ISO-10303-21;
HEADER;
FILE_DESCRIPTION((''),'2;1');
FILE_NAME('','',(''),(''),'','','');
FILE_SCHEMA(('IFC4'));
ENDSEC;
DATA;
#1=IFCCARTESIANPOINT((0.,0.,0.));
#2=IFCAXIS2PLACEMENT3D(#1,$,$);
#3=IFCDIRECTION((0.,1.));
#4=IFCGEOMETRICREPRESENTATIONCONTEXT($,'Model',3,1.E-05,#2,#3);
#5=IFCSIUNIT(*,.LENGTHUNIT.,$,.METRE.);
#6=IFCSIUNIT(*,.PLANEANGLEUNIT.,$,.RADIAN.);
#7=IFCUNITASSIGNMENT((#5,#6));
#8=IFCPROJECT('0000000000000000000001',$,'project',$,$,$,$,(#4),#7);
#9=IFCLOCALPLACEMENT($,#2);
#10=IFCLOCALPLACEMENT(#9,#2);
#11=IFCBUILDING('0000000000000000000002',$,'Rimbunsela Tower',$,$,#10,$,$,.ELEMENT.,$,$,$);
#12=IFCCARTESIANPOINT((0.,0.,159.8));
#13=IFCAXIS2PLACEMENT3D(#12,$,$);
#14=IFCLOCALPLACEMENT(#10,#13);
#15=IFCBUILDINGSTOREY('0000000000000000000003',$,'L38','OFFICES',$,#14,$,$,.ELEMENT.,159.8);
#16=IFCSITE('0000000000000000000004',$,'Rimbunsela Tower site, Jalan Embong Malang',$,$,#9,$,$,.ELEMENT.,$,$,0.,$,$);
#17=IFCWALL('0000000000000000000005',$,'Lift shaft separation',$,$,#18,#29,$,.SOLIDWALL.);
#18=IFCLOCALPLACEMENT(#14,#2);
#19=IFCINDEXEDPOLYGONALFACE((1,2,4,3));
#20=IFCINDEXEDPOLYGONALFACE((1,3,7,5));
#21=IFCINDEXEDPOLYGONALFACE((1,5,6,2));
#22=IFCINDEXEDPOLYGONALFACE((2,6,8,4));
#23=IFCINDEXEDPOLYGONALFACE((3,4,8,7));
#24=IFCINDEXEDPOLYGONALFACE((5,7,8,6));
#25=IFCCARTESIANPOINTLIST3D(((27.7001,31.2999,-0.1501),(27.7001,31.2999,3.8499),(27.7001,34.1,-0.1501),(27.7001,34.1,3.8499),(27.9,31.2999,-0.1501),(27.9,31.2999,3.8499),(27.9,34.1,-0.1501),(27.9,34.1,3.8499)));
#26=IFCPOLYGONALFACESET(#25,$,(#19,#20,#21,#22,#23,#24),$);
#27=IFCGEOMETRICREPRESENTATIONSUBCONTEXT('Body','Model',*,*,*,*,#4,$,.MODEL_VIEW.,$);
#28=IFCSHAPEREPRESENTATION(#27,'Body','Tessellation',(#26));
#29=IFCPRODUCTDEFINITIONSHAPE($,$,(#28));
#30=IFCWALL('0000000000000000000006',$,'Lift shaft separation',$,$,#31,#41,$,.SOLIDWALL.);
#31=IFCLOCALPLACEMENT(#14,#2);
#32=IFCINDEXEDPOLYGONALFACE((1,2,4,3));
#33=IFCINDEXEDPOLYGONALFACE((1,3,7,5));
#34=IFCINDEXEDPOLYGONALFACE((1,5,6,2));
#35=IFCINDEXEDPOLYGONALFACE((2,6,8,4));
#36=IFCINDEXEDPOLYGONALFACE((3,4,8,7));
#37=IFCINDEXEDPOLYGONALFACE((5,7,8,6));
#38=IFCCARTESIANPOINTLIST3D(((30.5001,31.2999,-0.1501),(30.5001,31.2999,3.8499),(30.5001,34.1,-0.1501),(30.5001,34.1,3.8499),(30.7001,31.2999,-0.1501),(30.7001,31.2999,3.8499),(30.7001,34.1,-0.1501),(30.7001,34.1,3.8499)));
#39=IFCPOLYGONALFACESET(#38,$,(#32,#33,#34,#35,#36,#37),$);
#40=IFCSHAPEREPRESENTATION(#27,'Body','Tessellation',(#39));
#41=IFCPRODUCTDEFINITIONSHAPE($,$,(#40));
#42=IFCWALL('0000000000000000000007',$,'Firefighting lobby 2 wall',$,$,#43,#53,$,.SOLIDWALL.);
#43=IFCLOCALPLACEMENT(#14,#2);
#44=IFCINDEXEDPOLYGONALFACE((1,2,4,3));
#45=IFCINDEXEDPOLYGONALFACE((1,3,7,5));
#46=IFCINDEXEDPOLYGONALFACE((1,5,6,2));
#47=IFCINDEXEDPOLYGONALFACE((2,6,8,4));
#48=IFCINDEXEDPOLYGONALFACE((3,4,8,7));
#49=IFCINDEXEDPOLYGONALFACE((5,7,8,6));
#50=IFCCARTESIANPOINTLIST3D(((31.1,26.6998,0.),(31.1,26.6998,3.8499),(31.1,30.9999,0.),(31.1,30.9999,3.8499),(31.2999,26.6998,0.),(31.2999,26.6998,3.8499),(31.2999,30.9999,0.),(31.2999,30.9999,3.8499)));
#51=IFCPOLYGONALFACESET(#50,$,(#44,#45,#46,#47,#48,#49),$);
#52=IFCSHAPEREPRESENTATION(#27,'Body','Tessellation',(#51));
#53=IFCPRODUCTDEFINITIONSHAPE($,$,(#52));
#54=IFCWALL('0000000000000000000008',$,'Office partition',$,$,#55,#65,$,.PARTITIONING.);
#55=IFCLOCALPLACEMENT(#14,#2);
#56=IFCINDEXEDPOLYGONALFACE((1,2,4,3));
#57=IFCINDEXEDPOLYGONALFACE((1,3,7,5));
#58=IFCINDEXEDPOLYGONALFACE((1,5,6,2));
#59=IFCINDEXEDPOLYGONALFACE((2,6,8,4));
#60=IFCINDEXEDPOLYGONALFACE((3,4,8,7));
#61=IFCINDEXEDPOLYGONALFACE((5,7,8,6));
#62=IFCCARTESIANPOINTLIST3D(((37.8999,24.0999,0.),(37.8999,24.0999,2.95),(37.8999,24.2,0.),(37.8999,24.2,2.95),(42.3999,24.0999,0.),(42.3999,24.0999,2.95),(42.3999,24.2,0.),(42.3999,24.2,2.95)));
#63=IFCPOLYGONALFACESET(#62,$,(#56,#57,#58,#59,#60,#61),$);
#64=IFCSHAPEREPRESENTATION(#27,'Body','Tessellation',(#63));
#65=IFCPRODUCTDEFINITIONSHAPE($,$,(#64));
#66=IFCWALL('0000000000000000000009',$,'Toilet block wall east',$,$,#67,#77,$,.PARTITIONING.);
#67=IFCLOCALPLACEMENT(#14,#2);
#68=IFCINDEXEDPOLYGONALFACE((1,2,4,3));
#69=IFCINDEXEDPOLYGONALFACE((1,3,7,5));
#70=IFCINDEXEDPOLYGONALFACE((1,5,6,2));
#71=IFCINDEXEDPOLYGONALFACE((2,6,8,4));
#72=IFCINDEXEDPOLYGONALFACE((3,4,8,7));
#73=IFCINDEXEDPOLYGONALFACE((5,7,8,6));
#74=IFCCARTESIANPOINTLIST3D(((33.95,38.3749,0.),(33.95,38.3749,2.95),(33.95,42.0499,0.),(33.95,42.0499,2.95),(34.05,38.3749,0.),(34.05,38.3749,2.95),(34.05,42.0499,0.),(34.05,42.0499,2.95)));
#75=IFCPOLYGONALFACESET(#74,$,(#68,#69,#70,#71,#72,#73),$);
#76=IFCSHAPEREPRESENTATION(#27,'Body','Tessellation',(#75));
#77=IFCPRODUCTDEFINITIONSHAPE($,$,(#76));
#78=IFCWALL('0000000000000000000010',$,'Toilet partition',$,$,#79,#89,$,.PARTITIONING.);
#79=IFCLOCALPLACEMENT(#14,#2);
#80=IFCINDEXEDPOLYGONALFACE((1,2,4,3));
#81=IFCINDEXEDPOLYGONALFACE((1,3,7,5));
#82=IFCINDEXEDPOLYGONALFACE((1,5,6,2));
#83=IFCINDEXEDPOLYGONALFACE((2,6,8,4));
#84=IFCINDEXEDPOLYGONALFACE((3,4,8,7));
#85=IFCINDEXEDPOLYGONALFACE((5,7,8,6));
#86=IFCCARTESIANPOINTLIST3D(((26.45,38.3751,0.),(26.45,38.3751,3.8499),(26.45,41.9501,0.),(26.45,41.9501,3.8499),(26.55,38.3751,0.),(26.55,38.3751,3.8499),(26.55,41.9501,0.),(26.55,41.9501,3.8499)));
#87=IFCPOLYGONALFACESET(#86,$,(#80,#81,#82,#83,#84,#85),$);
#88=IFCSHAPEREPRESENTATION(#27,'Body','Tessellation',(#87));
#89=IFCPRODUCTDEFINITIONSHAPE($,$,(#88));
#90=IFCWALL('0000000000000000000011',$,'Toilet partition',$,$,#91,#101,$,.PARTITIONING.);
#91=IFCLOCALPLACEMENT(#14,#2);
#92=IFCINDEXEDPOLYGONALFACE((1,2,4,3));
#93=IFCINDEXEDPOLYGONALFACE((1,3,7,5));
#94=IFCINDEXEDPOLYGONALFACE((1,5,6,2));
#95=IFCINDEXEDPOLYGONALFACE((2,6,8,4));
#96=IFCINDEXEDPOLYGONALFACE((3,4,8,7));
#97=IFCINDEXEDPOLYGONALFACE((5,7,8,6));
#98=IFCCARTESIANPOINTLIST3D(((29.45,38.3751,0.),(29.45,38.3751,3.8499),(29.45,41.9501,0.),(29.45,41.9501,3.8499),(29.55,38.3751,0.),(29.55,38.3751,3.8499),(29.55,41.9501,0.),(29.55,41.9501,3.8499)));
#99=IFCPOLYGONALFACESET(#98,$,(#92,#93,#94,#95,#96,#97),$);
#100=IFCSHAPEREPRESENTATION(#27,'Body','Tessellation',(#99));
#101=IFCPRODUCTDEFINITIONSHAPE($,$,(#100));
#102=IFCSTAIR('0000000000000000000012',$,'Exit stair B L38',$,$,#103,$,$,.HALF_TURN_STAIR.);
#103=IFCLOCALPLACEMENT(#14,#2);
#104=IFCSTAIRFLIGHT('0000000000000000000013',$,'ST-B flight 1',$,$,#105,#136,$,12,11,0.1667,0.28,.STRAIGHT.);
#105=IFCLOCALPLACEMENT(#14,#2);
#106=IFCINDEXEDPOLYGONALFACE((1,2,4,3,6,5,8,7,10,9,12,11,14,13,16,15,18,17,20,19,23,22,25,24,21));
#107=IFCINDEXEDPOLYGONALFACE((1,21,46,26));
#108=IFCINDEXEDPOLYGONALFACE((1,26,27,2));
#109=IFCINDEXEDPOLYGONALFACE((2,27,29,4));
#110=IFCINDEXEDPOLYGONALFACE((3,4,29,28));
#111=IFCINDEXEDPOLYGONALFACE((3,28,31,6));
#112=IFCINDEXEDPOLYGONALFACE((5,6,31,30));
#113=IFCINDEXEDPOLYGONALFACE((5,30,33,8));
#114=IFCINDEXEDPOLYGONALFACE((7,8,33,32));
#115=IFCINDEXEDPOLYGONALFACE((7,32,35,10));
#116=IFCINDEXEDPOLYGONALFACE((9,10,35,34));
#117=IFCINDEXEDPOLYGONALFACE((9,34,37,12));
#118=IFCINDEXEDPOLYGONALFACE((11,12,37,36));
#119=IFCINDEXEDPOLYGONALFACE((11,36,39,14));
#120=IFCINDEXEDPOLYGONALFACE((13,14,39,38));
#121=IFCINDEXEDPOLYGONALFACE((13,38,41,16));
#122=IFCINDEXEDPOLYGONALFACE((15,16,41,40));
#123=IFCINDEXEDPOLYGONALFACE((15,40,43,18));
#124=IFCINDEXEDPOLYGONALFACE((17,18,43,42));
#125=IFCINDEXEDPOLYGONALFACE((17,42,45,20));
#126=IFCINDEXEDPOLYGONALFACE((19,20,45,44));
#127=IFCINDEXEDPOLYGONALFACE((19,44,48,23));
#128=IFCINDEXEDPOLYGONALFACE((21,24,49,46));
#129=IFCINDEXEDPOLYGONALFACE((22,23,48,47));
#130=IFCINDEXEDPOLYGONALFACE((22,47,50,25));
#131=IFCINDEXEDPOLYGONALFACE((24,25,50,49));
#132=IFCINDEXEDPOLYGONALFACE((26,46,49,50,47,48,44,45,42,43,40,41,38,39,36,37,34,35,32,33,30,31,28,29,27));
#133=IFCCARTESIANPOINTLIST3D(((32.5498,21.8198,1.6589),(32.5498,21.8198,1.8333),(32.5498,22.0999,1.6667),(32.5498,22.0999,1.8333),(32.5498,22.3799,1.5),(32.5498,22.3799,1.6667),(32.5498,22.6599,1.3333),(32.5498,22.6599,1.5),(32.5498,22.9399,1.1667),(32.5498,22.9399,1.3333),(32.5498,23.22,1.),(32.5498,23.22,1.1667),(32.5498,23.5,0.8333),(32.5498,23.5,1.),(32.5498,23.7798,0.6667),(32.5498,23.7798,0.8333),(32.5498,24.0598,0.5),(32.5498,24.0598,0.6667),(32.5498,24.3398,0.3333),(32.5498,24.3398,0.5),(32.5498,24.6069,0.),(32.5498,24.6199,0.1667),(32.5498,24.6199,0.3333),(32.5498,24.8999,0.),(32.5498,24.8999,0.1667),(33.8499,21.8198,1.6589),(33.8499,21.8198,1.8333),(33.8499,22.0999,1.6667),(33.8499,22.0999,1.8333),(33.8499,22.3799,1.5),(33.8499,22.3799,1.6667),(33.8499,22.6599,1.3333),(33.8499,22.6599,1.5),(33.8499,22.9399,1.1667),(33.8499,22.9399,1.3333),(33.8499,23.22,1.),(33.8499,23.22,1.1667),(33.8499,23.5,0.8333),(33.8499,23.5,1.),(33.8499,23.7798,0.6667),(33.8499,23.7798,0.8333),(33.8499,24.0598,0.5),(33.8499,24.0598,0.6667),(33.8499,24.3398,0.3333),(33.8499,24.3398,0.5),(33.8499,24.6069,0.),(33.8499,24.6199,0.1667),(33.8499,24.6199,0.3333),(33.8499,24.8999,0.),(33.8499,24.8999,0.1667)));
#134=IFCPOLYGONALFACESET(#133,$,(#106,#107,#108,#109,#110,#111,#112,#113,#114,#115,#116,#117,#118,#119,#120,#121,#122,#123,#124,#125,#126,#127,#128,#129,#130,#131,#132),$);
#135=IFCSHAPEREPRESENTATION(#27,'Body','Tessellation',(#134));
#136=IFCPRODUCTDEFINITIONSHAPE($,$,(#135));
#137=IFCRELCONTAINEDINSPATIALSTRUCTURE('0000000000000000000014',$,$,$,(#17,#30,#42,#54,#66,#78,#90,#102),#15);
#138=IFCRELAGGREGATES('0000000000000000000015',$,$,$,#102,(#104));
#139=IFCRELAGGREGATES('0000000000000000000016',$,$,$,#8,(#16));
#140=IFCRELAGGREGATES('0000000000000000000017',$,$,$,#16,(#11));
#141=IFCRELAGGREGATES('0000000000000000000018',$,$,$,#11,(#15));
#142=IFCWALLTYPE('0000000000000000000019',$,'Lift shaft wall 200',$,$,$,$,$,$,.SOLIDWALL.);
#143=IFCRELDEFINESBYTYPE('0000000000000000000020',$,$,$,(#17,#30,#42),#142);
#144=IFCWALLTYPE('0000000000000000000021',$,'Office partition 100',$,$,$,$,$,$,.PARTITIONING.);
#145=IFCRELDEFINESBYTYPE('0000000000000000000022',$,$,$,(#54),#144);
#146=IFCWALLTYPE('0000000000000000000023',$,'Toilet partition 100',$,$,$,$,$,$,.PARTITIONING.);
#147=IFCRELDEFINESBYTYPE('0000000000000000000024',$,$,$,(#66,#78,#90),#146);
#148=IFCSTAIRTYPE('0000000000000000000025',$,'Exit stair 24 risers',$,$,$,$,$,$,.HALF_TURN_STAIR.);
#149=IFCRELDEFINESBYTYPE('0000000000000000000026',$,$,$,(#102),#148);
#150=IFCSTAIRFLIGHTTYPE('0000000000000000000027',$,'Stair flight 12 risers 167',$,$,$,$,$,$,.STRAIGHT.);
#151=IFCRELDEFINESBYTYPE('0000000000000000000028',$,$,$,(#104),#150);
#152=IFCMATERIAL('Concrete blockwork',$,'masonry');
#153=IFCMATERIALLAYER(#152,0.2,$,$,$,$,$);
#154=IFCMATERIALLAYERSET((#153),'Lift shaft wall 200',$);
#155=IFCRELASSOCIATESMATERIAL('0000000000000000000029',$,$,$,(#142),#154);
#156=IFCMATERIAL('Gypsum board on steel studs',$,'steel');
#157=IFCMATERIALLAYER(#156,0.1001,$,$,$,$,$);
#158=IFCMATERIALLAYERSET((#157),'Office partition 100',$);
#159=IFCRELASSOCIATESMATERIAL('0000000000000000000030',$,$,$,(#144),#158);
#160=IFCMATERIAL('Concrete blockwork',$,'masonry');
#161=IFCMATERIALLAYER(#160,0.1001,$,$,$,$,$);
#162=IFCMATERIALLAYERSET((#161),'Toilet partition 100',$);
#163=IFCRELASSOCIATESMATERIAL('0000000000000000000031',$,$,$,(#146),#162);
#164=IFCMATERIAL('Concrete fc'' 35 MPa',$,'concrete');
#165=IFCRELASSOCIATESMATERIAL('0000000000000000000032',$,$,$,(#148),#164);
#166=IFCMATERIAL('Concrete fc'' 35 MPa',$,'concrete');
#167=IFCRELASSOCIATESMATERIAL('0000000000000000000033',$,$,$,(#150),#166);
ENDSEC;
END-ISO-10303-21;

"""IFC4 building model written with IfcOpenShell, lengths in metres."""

from ifc_helpers import new_model, si_unit, direction, frame, frame_2d, origin, place, context, subcontext, project, spatial, polyline, rectangle, outline, extrude, material, layer, layer_set, type_object, element, aggregate, save


model = new_model("IFC4")

# Units and contexts
model_context = context("Model", 3, precision=1e-05, world=origin(), true_north=direction((0.0, 1.0)))
body_context = subcontext(model_context, "Body", "Model", "MODEL_VIEW")
ifc_project = project(units=[si_unit("LENGTHUNIT", "METRE"), si_unit("PLANEANGLEUNIT", "RADIAN")], contexts=[model_context])

# Site, building, storey
site_placement = place(None, origin())
site = spatial("IfcSite", under=ifc_project, at=site_placement, Name="Rimbunsela Tower site, Jalan Embong Malang", CompositionType="ELEMENT", RefElevation=0.0)
building_placement = place(site_placement, origin())
building = spatial("IfcBuilding", under=site, at=building_placement, Name="Rimbunsela Tower", CompositionType="ELEMENT")
storey_placement = place(building_placement, frame((0.0, 0.0, 159.8)))
storey = spatial("IfcBuildingStorey", under=building, at=storey_placement, Name="L38", Description="OFFICES", CompositionType="ELEMENT", Elevation=159.8)

# Walls
ifc_material_1 = material(Name="Concrete blockwork", Category="masonry")
ifc_layer_1 = layer(ifc_material_1, 0.2)
ifc_layer_set_1 = layer_set([ifc_layer_1], Name="Lift shaft wall 200")
wall_type_1 = type_object("IfcWallType", Name="Lift shaft wall 200", PredefinedType="SOLIDWALL", material=ifc_layer_set_1)
for number, where, z_axis, x_axis, name in (
    (1, (27.8, 31.3, -0.1501), (0.0, 0.0, 1.0), (0.0, 1.0, 0.0), "Lift shaft separation"),
    (2, (30.6001, 31.3, -0.1501), (0.0, 0.0, 1.0), (0.0, 1.0, 0.0), "Lift shaft separation"),
):
    element("IfcWall", number, at=place(storey_placement, frame(where, z_axis=z_axis, x_axis=x_axis)), inside=storey, type_object=wall_type_1, Name=name, PredefinedType="SOLIDWALL", context=body_context, shape_type="SweptSolid", body=[
        extrude(rectangle(XDim=2.8, YDim=0.2, at=frame_2d((1.3999, 0.0))), origin(), (0.0, 0.0, 1.0), 4.0),
    ])
wall_1_placement = place(storey_placement, frame((31.2, 26.7, 0.0), z_axis=(0.0, 0.0, 1.0), x_axis=(0.0, 1.0, 0.0)))
element("IfcWall", 3, at=wall_1_placement, inside=storey, type_object=wall_type_1, Name="Firefighting lobby 2 wall", PredefinedType="SOLIDWALL", context=body_context, shape_type="SweptSolid", body=[
    extrude(rectangle(XDim=4.3, YDim=0.2, at=frame_2d((2.1499, 0.0))), origin(), (0.0, 0.0, 1.0), 3.8499),
])
ifc_material_2 = material(Name="Gypsum board on steel studs", Category="steel")
ifc_layer_2 = layer(ifc_material_2, 0.1001)
ifc_layer_set_2 = layer_set([ifc_layer_2], Name="Office partition 100")
wall_type_2 = type_object("IfcWallType", Name="Office partition 100", PredefinedType="PARTITIONING", material=ifc_layer_set_2)
wall_2_placement = place(storey_placement, frame((37.8999, 24.1499, 0.0), z_axis=(0.0, 0.0, 1.0), x_axis=(1.0, 0.0, 0.0)))
element("IfcWall", 4, at=wall_2_placement, inside=storey, type_object=wall_type_2, Name="Office partition", PredefinedType="PARTITIONING", context=body_context, shape_type="SweptSolid", body=[
    extrude(rectangle(XDim=4.5, YDim=0.1001, at=frame_2d((2.25, 0.0))), origin(), (0.0, 0.0, 1.0), 2.95),
])
ifc_material_3 = material(Name="Concrete blockwork", Category="masonry")
ifc_layer_3 = layer(ifc_material_3, 0.1001)
ifc_layer_set_3 = layer_set([ifc_layer_3], Name="Toilet partition 100")
wall_type_3 = type_object("IfcWallType", Name="Toilet partition 100", PredefinedType="PARTITIONING", material=ifc_layer_set_3)
wall_3_placement = place(storey_placement, frame((34.0, 38.375, 0.0), z_axis=(0.0, 0.0, 1.0), x_axis=(0.0, 1.0, 0.0)))
element("IfcWall", 5, at=wall_3_placement, inside=storey, type_object=wall_type_3, Name="Toilet block wall east", PredefinedType="PARTITIONING", context=body_context, shape_type="SweptSolid", body=[
    extrude(rectangle(XDim=3.675, YDim=0.1001, at=frame_2d((1.8374, 0.0))), origin(), (0.0, 0.0, 1.0), 2.95),
])
for number, where, z_axis, x_axis, name in (
    (6, (26.5, 38.375, 0.0), (0.0, 0.0, 1.0), (0.0, 1.0, 0.0), "Toilet partition"),
    (7, (29.5, 38.375, 0.0), (0.0, 0.0, 1.0), (0.0, 1.0, 0.0), "Toilet partition"),
):
    element("IfcWall", number, at=place(storey_placement, frame(where, z_axis=z_axis, x_axis=x_axis)), inside=storey, type_object=wall_type_3, Name=name, PredefinedType="PARTITIONING", context=body_context, shape_type="SweptSolid", body=[
        extrude(rectangle(XDim=3.575, YDim=0.1001, at=frame_2d((1.7876, 0.0))), origin(), (0.0, 0.0, 1.0), 3.8499),
    ])

# Stair, stair flight
ifc_material_4 = material(Name="Concrete fc' 35 MPa", Category="concrete")
stair_type = type_object("IfcStairType", Name="Exit stair 24 risers", PredefinedType="HALF_TURN_STAIR", material=ifc_material_4)
stair_placement = place(storey_placement, origin())
stair = element("IfcStair", 8, at=stair_placement, inside=storey, type_object=stair_type, Name="Exit stair B L38", PredefinedType="HALF_TURN_STAIR")
ifc_material_5 = material(Name="Concrete fc' 35 MPa", Category="concrete")
stair_flight_type = type_object("IfcStairFlightType", Name="Stair flight 12 risers 167", PredefinedType="STRAIGHT", material=ifc_material_5)
stair_flight_placement = place(storey_placement, frame((33.2, 24.8999, 0.0), z_axis=(0.0, 0.0, 1.0), x_axis=(0.0, -1.0, 0.0)))
stair_flight = element("IfcStairFlight", 9, at=stair_flight_placement, type_object=stair_flight_type, Name="ST-B flight 1", NumberOfRisers=12, NumberOfTreads=11, PredefinedType="STRAIGHT", RiserHeight=0.1667, TreadLength=0.28, context=body_context, shape_type="SweptSolid", body=[
    extrude(outline(polyline([(0.0, 0.0), (0.0, 0.1667), (0.28, 0.1667), (0.28, 0.3333), (0.5601, 0.3333), (0.5601, 0.5), (0.8401, 0.5), (0.8401, 0.6667), (1.1201, 0.6667), (1.1201, 0.8333), (1.3999, 0.8333), (1.3999, 1.0), (1.6799, 1.0), (1.6799, 1.1667), (1.96, 1.1667), (1.96, 1.3333), (2.24, 1.3333), (2.24, 1.5), (2.52, 1.5), (2.52, 1.6667), (2.8, 1.6667), (2.8, 1.8333), (3.0801, 1.8333), (3.0801, 2.0), (3.0801, 1.6589), (0.293, 0.0), (0.0, 0.0)])), frame((0.0, 0.6499, 0.0), z_axis=(0.0, -1.0, 0.0), x_axis=(1.0, 0.0, 0.0)), (0.0, 0.0, 1.0), 1.3),
])
aggregate(stair, [stair_flight])

save(model, "model.ifc")
